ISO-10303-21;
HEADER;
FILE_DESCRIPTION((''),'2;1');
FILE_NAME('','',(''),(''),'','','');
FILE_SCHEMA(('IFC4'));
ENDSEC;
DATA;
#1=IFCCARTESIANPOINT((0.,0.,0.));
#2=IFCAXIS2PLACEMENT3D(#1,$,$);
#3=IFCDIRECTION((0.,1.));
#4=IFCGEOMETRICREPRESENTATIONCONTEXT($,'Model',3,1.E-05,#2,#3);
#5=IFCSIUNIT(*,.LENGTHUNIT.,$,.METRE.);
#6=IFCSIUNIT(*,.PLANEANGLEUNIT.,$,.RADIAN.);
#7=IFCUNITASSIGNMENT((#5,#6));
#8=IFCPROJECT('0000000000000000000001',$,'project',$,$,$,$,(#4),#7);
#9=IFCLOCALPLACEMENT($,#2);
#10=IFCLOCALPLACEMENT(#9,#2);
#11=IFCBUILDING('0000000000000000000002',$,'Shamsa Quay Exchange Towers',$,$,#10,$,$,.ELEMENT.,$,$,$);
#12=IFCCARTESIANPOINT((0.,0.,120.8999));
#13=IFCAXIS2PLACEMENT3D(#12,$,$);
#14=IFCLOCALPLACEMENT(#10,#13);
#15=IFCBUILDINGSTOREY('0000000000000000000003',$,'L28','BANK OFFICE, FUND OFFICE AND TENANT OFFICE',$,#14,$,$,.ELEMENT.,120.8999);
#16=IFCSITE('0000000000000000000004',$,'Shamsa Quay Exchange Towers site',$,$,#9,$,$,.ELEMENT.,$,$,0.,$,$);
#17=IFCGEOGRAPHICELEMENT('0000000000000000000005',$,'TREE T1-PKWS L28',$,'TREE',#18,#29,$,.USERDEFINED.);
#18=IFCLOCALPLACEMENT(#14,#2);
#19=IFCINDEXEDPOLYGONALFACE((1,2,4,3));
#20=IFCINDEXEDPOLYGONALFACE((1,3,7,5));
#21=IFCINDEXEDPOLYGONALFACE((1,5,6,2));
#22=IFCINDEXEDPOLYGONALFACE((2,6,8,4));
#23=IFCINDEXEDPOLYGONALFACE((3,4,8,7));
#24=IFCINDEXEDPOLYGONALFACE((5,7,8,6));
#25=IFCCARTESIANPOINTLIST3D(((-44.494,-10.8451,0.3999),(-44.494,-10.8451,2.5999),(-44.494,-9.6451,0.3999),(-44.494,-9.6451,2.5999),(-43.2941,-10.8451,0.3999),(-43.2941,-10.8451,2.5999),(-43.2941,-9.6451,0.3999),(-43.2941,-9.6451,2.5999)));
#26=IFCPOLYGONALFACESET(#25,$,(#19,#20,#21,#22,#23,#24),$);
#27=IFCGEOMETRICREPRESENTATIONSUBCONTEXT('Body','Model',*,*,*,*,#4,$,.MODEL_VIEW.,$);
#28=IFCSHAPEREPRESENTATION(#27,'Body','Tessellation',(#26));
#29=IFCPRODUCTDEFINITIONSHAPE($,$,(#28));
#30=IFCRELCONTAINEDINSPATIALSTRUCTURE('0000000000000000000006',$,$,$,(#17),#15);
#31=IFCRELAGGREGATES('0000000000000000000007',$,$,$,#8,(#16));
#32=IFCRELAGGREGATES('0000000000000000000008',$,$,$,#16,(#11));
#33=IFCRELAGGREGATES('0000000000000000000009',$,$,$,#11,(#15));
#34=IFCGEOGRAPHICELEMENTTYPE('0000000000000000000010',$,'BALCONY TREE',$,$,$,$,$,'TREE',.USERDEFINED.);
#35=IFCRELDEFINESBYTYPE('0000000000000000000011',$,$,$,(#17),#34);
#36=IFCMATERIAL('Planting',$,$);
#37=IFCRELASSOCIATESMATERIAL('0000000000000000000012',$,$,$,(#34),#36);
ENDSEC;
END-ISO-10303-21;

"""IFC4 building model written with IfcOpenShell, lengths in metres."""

from ifc_helpers import new_model, si_unit, direction, frame, origin, origin_2d, place, context, subcontext, project, spatial, rectangle, extrude, material, type_object, element, save


model = new_model("IFC4")

# Units and contexts
model_context = context("Model", 3, precision=1e-05, world=origin(), true_north=direction((0.0, 1.0)))
body_context = subcontext(model_context, "Body", "Model", "MODEL_VIEW")
ifc_project = project(units=[si_unit("LENGTHUNIT", "METRE"), si_unit("PLANEANGLEUNIT", "RADIAN")], contexts=[model_context])

# Site, building, storey
site_placement = place(None, origin())
site = spatial("IfcSite", under=ifc_project, at=site_placement, Name="Shamsa Quay Exchange Towers site", CompositionType="ELEMENT", RefElevation=0.0)
building_placement = place(site_placement, origin())
building = spatial("IfcBuilding", under=site, at=building_placement, Name="Shamsa Quay Exchange Towers", CompositionType="ELEMENT")
storey_placement = place(building_placement, frame((0.0, 0.0, 120.8999)))
storey = spatial("IfcBuildingStorey", under=building, at=storey_placement, Name="L28", Description="BANK OFFICE, FUND OFFICE AND TENANT OFFICE", CompositionType="ELEMENT", Elevation=120.8999)

# Geographic element
ifc_material_1 = material(Name="Planting")
geographic_element_type = type_object("IfcGeographicElementType", Name="BALCONY TREE", ElementType="TREE", PredefinedType="USERDEFINED", material=ifc_material_1)
geographic_element_placement = place(storey_placement, frame((-43.894, -10.2451, 0.3999)))
element("IfcGeographicElement", 1, at=geographic_element_placement, inside=storey, type_object=geographic_element_type, Name="TREE T1-PKWS L28", ObjectType="TREE", PredefinedType="USERDEFINED", context=body_context, shape_type="SweptSolid", body=[
    extrude(rectangle(XDim=1.2, YDim=1.2, at=origin_2d()), origin(), (0.0, 0.0, 1.0), 2.2),
])

save(model, "model.ifc")
